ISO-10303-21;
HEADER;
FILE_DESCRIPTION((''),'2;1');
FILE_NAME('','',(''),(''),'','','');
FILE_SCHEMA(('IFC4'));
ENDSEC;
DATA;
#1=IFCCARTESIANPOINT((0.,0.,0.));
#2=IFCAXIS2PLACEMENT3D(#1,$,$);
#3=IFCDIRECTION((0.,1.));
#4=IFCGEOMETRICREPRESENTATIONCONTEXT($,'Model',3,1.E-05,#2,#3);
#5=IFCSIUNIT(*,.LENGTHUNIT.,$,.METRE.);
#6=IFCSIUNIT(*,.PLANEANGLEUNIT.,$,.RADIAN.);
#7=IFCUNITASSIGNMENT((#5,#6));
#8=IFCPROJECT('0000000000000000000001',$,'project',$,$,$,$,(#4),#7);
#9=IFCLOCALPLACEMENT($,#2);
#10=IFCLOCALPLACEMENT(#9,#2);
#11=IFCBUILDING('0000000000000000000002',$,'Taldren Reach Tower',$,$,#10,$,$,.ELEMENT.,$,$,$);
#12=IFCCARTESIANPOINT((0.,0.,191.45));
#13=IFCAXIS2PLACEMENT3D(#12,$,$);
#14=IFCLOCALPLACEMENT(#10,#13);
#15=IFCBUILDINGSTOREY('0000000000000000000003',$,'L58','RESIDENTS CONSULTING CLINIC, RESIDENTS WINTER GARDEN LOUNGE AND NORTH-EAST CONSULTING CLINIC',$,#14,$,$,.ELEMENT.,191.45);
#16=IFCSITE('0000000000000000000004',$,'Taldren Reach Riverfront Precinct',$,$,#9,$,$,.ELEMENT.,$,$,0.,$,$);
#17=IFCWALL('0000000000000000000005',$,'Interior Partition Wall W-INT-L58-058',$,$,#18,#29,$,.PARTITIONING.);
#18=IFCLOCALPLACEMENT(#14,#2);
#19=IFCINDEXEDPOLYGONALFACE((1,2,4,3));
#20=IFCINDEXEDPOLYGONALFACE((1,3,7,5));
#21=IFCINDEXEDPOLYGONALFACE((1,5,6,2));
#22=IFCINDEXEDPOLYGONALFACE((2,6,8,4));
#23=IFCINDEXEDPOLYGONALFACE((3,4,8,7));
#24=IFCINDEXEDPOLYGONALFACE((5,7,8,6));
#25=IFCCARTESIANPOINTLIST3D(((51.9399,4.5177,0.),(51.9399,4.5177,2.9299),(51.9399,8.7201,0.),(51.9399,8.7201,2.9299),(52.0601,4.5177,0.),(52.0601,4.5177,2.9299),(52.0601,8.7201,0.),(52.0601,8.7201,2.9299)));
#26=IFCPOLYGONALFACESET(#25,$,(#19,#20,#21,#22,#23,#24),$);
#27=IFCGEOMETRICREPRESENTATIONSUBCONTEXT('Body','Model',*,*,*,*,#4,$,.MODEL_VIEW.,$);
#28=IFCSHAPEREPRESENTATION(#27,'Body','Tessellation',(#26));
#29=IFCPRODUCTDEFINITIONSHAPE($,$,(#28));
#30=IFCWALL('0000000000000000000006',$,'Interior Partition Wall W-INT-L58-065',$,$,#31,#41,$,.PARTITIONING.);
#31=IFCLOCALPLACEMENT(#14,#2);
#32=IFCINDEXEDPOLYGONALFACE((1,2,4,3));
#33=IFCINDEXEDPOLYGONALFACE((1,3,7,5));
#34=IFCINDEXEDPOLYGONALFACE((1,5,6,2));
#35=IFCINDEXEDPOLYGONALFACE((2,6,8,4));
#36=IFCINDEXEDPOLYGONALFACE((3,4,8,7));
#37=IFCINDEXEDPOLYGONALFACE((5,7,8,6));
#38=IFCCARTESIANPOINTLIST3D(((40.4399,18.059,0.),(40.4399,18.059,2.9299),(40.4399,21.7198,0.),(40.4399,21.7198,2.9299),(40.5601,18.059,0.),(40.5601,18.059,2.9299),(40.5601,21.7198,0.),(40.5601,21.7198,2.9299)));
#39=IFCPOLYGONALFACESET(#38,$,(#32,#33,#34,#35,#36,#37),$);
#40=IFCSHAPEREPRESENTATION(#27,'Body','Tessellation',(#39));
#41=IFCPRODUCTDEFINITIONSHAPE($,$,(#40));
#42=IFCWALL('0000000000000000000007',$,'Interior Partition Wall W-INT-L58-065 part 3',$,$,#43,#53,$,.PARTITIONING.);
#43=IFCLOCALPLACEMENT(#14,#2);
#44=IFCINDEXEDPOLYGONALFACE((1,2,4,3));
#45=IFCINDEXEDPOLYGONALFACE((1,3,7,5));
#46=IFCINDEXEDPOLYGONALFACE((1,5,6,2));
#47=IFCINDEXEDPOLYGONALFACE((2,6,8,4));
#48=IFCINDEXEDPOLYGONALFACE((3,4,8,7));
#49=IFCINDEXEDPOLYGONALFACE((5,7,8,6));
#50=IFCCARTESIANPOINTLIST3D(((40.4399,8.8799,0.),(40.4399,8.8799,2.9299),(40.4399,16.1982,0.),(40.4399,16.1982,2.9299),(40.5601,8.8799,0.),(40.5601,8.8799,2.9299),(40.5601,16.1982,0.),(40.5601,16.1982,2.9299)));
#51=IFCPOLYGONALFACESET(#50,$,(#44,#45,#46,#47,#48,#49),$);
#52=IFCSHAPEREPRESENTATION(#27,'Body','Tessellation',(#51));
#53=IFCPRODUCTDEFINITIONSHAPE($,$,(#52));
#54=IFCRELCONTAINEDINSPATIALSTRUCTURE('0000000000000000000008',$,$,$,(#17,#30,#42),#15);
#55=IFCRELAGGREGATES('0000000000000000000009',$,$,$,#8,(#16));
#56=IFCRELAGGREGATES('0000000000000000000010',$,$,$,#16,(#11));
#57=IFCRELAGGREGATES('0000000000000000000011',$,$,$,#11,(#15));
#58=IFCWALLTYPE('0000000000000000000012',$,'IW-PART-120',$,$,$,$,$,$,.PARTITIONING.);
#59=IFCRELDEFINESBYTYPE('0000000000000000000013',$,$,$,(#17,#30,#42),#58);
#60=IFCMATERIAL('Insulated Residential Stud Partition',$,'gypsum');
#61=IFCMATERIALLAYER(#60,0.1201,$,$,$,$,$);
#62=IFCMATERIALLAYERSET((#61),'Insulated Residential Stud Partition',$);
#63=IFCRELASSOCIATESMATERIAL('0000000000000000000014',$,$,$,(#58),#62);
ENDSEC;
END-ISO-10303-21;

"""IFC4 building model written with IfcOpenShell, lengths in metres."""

from ifc_helpers import new_model, si_unit, direction, frame, frame_2d, origin, place, context, subcontext, project, spatial, rectangle, extrude, source, transform, mapped, material, layer, layer_set, type_object, element, save


model = new_model("IFC4")

# Units and contexts
model_context = context("Model", 3, precision=1e-05, world=origin(), true_north=direction((0.0, 1.0)))
body_context = subcontext(model_context, "Body", "Model", "MODEL_VIEW")
ifc_project = project(units=[si_unit("LENGTHUNIT", "METRE"), si_unit("PLANEANGLEUNIT", "RADIAN")], contexts=[model_context])

# Site, building, storey
site_placement = place(None, origin())
site = spatial("IfcSite", under=ifc_project, at=site_placement, Name="Taldren Reach Riverfront Precinct", CompositionType="ELEMENT", RefElevation=0.0)
building_placement = place(site_placement, origin())
building = spatial("IfcBuilding", under=site, at=building_placement, Name="Taldren Reach Tower", CompositionType="ELEMENT")
storey_placement = place(building_placement, frame((0.0, 0.0, 191.45)))
storey = spatial("IfcBuildingStorey", under=building, at=storey_placement, Name="L58", Description="RESIDENTS CONSULTING CLINIC, RESIDENTS WINTER GARDEN LOUNGE AND NORTH-EAST CONSULTING CLINIC", CompositionType="ELEMENT", Elevation=191.45)

# Shared definitions
ifc_material_1 = material(Name="Insulated Residential Stud Partition", Category="gypsum")
ifc_layer_1 = layer(ifc_material_1, 0.1201)
ifc_layer_set_1 = layer_set([ifc_layer_1], Name="Insulated Residential Stud Partition")
wall_type_1 = type_object("IfcWallType", Name="IW-PART-120", PredefinedType="PARTITIONING", material=ifc_layer_set_1)

# Walls
shared_shape_1 = source(origin(), body_context, "Body", "SweptSolid", [
    extrude(rectangle(XDim=4.2024, YDim=0.1201, at=frame_2d((2.1011, 0.0))), origin(), (0.0, 0.0, 1.0), 2.9299),
])
wall_1_placement = place(storey_placement, frame((52.0, 8.72, 0.0), z_axis=(0.0, 0.0, 1.0), x_axis=(0.0, -1.0, 0.0)))
element("IfcWall", 1, at=wall_1_placement, inside=storey, type_object=wall_type_1, Name="Interior Partition Wall W-INT-L58-058", PredefinedType="PARTITIONING", context=body_context, shape_type="MappedRepresentation", body=[
    mapped(shared_shape_1, transform((0.0, 0.0, 0.0), scale=1.0)),
])
shared_shape_2 = source(origin(), body_context, "Body", "SweptSolid", [
    extrude(rectangle(XDim=3.6609, YDim=0.1201, at=frame_2d((1.8306, 0.0))), origin(), (0.0, 0.0, 1.0), 2.9299),
])
wall_2_placement = place(storey_placement, frame((40.5, 21.72, 0.0), z_axis=(0.0, 0.0, 1.0), x_axis=(0.0, -1.0, 0.0)))
element("IfcWall", 2, at=wall_2_placement, inside=storey, type_object=wall_type_1, Name="Interior Partition Wall W-INT-L58-065", PredefinedType="PARTITIONING", context=body_context, shape_type="MappedRepresentation", body=[
    mapped(shared_shape_2, transform((0.0, 0.0, 0.0), scale=1.0)),
])
shared_shape_3 = source(origin(), body_context, "Body", "SweptSolid", [
    extrude(rectangle(XDim=7.3184, YDim=0.1201, at=frame_2d((3.6592, 0.0))), origin(), (0.0, 0.0, 1.0), 2.9299),
])
wall_3_placement = place(storey_placement, frame((40.5, 16.1982, 0.0), z_axis=(0.0, 0.0, 1.0), x_axis=(0.0, -1.0, 0.0)))
element("IfcWall", 3, at=wall_3_placement, inside=storey, type_object=wall_type_1, Name="Interior Partition Wall W-INT-L58-065 part 3", PredefinedType="PARTITIONING", context=body_context, shape_type="MappedRepresentation", body=[
    mapped(shared_shape_3, transform((0.0, 0.0, 0.0), scale=1.0)),
])

save(model, "model.ifc")
